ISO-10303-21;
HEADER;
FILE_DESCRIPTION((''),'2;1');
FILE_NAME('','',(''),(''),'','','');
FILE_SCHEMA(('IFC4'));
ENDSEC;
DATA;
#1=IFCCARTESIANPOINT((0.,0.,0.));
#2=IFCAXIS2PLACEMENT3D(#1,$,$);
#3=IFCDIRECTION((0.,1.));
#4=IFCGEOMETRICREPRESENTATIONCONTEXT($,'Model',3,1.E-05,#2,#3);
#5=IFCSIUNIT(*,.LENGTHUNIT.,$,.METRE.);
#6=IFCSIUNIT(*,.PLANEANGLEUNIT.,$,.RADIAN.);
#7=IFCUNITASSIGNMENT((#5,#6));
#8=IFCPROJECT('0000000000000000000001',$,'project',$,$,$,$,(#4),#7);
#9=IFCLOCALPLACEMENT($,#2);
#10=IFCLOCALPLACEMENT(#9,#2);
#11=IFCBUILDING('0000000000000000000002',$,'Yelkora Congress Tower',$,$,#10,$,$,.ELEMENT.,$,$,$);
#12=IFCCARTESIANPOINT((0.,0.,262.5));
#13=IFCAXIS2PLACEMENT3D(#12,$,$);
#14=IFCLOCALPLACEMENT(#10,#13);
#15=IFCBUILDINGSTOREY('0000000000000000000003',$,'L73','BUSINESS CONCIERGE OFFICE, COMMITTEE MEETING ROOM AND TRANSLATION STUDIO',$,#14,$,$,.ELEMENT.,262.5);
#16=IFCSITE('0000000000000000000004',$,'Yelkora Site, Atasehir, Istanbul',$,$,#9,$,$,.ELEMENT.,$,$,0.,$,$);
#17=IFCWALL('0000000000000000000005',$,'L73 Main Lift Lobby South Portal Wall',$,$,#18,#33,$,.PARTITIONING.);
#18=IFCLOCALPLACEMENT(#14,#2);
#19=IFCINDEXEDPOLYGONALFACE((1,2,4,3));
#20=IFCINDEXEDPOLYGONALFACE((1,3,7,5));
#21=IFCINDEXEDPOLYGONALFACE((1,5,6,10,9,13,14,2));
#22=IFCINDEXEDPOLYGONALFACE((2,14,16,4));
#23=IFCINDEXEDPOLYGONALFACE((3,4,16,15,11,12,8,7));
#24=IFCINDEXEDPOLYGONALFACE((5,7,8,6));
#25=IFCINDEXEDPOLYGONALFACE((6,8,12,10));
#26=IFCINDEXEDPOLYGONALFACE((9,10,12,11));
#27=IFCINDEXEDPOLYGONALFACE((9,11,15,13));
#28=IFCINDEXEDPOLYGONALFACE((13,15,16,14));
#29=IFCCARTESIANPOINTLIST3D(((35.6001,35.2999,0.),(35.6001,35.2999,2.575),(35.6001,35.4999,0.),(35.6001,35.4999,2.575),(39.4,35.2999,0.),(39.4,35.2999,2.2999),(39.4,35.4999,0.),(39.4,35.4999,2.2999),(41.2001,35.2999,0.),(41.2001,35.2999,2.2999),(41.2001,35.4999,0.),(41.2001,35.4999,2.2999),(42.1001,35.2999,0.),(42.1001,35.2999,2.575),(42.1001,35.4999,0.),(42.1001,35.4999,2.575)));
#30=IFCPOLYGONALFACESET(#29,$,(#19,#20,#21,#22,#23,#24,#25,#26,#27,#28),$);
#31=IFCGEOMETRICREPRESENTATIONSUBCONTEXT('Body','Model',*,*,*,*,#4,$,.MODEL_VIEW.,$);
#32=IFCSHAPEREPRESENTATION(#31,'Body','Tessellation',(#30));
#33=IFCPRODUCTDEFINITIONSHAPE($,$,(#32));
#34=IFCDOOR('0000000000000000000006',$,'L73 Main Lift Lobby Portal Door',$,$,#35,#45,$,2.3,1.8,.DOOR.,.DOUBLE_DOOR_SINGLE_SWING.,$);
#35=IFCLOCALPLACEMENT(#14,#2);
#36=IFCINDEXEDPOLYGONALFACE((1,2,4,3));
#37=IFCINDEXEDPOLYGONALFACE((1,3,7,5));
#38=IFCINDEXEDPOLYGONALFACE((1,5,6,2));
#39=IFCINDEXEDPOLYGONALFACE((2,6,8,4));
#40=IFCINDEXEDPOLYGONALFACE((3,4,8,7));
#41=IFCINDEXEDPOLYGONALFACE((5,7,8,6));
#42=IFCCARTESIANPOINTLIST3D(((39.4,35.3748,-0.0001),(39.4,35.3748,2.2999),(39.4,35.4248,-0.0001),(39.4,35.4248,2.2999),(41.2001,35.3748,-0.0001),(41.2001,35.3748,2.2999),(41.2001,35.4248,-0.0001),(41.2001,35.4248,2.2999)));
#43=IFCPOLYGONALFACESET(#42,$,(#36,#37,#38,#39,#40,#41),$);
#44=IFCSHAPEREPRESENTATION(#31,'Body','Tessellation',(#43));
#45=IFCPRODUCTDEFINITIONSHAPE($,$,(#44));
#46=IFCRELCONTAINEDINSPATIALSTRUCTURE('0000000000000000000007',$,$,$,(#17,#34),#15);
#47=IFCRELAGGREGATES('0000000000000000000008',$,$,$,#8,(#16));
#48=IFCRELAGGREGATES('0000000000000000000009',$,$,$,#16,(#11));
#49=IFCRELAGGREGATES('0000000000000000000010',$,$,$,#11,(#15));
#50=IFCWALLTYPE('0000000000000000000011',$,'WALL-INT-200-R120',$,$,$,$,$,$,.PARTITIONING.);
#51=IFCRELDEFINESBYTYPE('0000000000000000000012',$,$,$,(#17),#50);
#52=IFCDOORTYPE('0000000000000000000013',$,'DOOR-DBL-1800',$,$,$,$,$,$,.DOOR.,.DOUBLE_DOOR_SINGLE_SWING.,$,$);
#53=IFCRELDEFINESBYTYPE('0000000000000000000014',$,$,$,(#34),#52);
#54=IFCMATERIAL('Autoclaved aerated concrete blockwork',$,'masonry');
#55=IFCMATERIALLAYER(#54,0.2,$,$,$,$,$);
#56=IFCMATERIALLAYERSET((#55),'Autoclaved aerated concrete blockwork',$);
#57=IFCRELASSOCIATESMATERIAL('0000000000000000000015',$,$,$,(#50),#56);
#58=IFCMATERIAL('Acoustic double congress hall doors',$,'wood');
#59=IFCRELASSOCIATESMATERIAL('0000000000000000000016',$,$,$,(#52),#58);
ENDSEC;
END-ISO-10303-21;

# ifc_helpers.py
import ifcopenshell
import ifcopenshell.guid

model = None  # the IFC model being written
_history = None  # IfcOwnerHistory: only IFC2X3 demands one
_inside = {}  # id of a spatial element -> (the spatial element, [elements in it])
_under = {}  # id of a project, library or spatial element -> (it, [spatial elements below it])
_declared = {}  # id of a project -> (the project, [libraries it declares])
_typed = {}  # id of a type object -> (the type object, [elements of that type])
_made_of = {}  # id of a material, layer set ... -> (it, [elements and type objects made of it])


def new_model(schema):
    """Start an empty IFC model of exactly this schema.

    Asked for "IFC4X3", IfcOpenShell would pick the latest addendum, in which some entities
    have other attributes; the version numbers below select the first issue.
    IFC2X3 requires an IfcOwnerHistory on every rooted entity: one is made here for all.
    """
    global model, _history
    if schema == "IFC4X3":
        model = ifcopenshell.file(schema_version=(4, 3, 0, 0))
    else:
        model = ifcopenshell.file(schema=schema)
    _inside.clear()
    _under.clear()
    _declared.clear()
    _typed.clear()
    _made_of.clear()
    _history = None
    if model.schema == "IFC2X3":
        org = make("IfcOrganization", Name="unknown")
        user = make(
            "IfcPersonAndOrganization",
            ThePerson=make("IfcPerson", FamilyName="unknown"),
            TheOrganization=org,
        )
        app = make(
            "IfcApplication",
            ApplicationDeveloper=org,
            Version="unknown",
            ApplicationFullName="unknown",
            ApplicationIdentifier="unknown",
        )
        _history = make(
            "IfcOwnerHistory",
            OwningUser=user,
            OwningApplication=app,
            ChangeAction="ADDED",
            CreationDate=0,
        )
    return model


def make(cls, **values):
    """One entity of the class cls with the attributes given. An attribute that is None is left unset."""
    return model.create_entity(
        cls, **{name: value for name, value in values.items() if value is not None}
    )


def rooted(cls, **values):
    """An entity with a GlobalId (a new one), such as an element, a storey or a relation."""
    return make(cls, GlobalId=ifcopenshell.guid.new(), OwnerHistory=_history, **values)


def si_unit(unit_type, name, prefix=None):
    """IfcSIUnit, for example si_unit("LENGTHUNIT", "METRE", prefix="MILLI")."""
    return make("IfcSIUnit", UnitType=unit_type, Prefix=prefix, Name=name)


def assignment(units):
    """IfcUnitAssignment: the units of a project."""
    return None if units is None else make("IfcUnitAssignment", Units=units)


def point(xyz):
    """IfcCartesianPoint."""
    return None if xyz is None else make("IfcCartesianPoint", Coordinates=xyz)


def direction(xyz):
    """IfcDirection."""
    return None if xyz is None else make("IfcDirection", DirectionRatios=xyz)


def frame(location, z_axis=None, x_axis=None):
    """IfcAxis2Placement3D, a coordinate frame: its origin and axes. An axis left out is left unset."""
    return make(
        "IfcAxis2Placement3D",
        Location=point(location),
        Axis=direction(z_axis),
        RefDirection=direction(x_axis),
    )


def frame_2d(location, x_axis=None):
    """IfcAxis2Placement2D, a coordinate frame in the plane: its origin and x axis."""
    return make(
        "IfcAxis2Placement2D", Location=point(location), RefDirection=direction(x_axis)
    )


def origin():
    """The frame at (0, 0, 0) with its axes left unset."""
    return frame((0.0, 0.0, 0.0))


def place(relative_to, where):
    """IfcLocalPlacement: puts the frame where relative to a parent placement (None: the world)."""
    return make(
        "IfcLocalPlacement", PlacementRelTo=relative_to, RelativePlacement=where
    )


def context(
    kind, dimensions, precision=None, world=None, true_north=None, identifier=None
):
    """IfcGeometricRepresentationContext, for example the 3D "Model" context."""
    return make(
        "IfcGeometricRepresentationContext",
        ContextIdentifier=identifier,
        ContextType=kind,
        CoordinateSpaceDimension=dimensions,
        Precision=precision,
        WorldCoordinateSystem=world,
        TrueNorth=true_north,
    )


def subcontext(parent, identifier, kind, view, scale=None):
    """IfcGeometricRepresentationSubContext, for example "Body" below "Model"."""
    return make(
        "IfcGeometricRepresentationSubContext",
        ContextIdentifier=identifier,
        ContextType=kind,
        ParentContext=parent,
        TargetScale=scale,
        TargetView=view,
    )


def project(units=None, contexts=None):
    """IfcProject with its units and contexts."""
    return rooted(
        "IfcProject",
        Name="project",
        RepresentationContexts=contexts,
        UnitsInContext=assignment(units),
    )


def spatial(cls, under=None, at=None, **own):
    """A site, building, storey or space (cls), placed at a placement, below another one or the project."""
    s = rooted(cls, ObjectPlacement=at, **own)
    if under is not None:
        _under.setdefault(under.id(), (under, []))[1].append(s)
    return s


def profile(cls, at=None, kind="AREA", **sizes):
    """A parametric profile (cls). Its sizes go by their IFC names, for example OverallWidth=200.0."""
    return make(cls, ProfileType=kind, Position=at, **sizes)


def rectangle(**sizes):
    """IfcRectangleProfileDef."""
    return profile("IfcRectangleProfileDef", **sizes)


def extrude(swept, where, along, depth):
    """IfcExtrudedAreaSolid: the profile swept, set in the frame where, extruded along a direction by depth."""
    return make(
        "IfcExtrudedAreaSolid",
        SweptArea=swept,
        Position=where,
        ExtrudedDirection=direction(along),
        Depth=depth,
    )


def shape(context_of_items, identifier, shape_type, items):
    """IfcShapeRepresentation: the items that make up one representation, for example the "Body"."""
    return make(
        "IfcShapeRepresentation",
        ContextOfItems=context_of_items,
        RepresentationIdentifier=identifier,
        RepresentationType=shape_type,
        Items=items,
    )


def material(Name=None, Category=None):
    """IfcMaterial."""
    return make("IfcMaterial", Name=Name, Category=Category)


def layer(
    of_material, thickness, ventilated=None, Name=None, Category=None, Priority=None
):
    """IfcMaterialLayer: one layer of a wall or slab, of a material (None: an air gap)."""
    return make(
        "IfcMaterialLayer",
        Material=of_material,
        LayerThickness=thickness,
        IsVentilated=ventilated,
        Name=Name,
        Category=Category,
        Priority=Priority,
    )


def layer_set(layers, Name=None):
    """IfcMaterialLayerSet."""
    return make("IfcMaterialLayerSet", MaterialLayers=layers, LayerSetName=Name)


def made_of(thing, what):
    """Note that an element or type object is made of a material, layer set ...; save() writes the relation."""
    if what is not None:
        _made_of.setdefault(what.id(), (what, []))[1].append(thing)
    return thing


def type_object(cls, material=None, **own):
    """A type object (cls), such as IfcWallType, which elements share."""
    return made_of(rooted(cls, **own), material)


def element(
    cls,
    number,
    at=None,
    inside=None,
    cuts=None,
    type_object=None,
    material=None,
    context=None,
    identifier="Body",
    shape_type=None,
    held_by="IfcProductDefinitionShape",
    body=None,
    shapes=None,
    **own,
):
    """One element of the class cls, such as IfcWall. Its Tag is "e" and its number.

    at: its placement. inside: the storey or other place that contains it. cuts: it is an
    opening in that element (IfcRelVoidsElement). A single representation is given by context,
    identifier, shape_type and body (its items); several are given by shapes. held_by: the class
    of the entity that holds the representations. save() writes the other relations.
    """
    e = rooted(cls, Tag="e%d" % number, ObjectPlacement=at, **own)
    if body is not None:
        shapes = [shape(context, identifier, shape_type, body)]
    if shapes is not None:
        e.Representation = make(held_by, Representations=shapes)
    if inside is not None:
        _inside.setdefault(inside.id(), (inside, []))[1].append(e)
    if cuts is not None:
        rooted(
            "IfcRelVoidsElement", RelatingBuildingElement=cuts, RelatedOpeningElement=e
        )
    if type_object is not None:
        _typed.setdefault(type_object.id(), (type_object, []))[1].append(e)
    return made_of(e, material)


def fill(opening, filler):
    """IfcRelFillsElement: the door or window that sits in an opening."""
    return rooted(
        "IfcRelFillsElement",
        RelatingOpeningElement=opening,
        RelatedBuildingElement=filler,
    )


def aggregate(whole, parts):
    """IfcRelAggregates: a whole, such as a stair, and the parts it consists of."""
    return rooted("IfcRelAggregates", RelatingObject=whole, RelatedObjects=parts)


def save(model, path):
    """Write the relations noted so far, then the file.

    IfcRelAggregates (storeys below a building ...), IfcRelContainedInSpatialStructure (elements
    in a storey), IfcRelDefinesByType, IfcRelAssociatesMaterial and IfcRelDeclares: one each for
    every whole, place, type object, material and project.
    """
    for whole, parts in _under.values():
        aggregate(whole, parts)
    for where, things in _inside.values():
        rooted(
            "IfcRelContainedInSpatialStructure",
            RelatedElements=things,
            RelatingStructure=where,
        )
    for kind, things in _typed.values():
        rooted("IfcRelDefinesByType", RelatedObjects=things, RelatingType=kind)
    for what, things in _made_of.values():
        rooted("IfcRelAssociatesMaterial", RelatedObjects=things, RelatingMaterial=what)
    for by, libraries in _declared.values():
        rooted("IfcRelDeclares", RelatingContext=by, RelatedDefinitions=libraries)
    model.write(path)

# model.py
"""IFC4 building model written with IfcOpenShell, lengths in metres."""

from ifc_helpers import new_model, si_unit, direction, frame, frame_2d, origin, place, context, subcontext, project, spatial, rectangle, extrude, material, layer, layer_set, type_object, element, fill, save


model = new_model("IFC4")

# Units and contexts
model_context = context("Model", 3, precision=1e-05, world=origin(), true_north=direction((0.0, 1.0)))
body_context = subcontext(model_context, "Body", "Model", "MODEL_VIEW")
ifc_project = project(units=[si_unit("LENGTHUNIT", "METRE"), si_unit("PLANEANGLEUNIT", "RADIAN")], contexts=[model_context])

# Site, building, storey
site_placement = place(None, origin())
site = spatial("IfcSite", under=ifc_project, at=site_placement, Name="Yelkora Site, Atasehir, Istanbul", CompositionType="ELEMENT", RefElevation=0.0)
building_placement = place(site_placement, origin())
building = spatial("IfcBuilding", under=site, at=building_placement, Name="Yelkora Congress Tower", CompositionType="ELEMENT")
storey_placement = place(building_placement, frame((0.0, 0.0, 262.5)))
storey = spatial("IfcBuildingStorey", under=building, at=storey_placement, Name="L73", Description="BUSINESS CONCIERGE OFFICE, COMMITTEE MEETING ROOM AND TRANSLATION STUDIO", CompositionType="ELEMENT", Elevation=262.5)

# Wall, opening, door
ifc_material_1 = material(Name="Autoclaved aerated concrete blockwork", Category="masonry")
ifc_layer_1 = layer(ifc_material_1, 0.2)
ifc_layer_set_1 = layer_set([ifc_layer_1], Name="Autoclaved aerated concrete blockwork")
wall_type_1 = type_object("IfcWallType", Name="WALL-INT-200-R120", PredefinedType="PARTITIONING", material=ifc_layer_set_1)
wall_1_placement = place(storey_placement, frame((35.6001, 35.3999, 0.0), z_axis=(0.0, 0.0, 1.0), x_axis=(1.0, 0.0, 0.0)))
wall_1 = element("IfcWall", 1, at=wall_1_placement, inside=storey, type_object=wall_type_1, Name="L73 Main Lift Lobby South Portal Wall", PredefinedType="PARTITIONING", context=body_context, shape_type="SweptSolid", body=[
    extrude(rectangle(XDim=6.5, YDim=0.2, at=frame_2d((3.25, 0.0))), origin(), (0.0, 0.0, 1.0), 2.575),
])
opening_1_placement = place(wall_1_placement, frame((3.8, 0.0, 0.0)))
opening_1 = element("IfcOpeningElement", 2, at=opening_1_placement, cuts=wall_1, PredefinedType="OPENING", context=body_context, shape_type="SweptSolid", body=[
    extrude(rectangle(XDim=1.8, YDim=2.3, at=frame_2d((0.8999, 1.1499))), frame((0.0, 0.1099, 0.0), z_axis=(0.0, -1.0, 0.0), x_axis=(1.0, 0.0, 0.0)), (0.0, 0.0, 1.0), 0.22),
])
ifc_material_2 = material(Name="Acoustic double congress hall doors", Category="wood")
door_type_1 = type_object("IfcDoorType", Name="DOOR-DBL-1800", OperationType="DOUBLE_DOOR_SINGLE_SWING", PredefinedType="DOOR", material=ifc_material_2)
door_1_placement = place(opening_1_placement, origin())
door_1 = element("IfcDoor", 3, at=door_1_placement, inside=storey, type_object=door_type_1, Name="L73 Main Lift Lobby Portal Door", OperationType="DOUBLE_DOOR_SINGLE_SWING", OverallHeight=2.3, OverallWidth=1.8, PredefinedType="DOOR", context=body_context, shape_type="SweptSolid", body=[
    extrude(rectangle(XDim=1.8, YDim=2.3, at=frame_2d((0.8999, 1.1499))), frame((0.0, 0.0249, 0.0), z_axis=(0.0, -1.0, 0.0), x_axis=(1.0, 0.0, 0.0)), (0.0, 0.0, 1.0), 0.05),
])
fill(opening_1, door_1)

save(model, "model.ifc")
